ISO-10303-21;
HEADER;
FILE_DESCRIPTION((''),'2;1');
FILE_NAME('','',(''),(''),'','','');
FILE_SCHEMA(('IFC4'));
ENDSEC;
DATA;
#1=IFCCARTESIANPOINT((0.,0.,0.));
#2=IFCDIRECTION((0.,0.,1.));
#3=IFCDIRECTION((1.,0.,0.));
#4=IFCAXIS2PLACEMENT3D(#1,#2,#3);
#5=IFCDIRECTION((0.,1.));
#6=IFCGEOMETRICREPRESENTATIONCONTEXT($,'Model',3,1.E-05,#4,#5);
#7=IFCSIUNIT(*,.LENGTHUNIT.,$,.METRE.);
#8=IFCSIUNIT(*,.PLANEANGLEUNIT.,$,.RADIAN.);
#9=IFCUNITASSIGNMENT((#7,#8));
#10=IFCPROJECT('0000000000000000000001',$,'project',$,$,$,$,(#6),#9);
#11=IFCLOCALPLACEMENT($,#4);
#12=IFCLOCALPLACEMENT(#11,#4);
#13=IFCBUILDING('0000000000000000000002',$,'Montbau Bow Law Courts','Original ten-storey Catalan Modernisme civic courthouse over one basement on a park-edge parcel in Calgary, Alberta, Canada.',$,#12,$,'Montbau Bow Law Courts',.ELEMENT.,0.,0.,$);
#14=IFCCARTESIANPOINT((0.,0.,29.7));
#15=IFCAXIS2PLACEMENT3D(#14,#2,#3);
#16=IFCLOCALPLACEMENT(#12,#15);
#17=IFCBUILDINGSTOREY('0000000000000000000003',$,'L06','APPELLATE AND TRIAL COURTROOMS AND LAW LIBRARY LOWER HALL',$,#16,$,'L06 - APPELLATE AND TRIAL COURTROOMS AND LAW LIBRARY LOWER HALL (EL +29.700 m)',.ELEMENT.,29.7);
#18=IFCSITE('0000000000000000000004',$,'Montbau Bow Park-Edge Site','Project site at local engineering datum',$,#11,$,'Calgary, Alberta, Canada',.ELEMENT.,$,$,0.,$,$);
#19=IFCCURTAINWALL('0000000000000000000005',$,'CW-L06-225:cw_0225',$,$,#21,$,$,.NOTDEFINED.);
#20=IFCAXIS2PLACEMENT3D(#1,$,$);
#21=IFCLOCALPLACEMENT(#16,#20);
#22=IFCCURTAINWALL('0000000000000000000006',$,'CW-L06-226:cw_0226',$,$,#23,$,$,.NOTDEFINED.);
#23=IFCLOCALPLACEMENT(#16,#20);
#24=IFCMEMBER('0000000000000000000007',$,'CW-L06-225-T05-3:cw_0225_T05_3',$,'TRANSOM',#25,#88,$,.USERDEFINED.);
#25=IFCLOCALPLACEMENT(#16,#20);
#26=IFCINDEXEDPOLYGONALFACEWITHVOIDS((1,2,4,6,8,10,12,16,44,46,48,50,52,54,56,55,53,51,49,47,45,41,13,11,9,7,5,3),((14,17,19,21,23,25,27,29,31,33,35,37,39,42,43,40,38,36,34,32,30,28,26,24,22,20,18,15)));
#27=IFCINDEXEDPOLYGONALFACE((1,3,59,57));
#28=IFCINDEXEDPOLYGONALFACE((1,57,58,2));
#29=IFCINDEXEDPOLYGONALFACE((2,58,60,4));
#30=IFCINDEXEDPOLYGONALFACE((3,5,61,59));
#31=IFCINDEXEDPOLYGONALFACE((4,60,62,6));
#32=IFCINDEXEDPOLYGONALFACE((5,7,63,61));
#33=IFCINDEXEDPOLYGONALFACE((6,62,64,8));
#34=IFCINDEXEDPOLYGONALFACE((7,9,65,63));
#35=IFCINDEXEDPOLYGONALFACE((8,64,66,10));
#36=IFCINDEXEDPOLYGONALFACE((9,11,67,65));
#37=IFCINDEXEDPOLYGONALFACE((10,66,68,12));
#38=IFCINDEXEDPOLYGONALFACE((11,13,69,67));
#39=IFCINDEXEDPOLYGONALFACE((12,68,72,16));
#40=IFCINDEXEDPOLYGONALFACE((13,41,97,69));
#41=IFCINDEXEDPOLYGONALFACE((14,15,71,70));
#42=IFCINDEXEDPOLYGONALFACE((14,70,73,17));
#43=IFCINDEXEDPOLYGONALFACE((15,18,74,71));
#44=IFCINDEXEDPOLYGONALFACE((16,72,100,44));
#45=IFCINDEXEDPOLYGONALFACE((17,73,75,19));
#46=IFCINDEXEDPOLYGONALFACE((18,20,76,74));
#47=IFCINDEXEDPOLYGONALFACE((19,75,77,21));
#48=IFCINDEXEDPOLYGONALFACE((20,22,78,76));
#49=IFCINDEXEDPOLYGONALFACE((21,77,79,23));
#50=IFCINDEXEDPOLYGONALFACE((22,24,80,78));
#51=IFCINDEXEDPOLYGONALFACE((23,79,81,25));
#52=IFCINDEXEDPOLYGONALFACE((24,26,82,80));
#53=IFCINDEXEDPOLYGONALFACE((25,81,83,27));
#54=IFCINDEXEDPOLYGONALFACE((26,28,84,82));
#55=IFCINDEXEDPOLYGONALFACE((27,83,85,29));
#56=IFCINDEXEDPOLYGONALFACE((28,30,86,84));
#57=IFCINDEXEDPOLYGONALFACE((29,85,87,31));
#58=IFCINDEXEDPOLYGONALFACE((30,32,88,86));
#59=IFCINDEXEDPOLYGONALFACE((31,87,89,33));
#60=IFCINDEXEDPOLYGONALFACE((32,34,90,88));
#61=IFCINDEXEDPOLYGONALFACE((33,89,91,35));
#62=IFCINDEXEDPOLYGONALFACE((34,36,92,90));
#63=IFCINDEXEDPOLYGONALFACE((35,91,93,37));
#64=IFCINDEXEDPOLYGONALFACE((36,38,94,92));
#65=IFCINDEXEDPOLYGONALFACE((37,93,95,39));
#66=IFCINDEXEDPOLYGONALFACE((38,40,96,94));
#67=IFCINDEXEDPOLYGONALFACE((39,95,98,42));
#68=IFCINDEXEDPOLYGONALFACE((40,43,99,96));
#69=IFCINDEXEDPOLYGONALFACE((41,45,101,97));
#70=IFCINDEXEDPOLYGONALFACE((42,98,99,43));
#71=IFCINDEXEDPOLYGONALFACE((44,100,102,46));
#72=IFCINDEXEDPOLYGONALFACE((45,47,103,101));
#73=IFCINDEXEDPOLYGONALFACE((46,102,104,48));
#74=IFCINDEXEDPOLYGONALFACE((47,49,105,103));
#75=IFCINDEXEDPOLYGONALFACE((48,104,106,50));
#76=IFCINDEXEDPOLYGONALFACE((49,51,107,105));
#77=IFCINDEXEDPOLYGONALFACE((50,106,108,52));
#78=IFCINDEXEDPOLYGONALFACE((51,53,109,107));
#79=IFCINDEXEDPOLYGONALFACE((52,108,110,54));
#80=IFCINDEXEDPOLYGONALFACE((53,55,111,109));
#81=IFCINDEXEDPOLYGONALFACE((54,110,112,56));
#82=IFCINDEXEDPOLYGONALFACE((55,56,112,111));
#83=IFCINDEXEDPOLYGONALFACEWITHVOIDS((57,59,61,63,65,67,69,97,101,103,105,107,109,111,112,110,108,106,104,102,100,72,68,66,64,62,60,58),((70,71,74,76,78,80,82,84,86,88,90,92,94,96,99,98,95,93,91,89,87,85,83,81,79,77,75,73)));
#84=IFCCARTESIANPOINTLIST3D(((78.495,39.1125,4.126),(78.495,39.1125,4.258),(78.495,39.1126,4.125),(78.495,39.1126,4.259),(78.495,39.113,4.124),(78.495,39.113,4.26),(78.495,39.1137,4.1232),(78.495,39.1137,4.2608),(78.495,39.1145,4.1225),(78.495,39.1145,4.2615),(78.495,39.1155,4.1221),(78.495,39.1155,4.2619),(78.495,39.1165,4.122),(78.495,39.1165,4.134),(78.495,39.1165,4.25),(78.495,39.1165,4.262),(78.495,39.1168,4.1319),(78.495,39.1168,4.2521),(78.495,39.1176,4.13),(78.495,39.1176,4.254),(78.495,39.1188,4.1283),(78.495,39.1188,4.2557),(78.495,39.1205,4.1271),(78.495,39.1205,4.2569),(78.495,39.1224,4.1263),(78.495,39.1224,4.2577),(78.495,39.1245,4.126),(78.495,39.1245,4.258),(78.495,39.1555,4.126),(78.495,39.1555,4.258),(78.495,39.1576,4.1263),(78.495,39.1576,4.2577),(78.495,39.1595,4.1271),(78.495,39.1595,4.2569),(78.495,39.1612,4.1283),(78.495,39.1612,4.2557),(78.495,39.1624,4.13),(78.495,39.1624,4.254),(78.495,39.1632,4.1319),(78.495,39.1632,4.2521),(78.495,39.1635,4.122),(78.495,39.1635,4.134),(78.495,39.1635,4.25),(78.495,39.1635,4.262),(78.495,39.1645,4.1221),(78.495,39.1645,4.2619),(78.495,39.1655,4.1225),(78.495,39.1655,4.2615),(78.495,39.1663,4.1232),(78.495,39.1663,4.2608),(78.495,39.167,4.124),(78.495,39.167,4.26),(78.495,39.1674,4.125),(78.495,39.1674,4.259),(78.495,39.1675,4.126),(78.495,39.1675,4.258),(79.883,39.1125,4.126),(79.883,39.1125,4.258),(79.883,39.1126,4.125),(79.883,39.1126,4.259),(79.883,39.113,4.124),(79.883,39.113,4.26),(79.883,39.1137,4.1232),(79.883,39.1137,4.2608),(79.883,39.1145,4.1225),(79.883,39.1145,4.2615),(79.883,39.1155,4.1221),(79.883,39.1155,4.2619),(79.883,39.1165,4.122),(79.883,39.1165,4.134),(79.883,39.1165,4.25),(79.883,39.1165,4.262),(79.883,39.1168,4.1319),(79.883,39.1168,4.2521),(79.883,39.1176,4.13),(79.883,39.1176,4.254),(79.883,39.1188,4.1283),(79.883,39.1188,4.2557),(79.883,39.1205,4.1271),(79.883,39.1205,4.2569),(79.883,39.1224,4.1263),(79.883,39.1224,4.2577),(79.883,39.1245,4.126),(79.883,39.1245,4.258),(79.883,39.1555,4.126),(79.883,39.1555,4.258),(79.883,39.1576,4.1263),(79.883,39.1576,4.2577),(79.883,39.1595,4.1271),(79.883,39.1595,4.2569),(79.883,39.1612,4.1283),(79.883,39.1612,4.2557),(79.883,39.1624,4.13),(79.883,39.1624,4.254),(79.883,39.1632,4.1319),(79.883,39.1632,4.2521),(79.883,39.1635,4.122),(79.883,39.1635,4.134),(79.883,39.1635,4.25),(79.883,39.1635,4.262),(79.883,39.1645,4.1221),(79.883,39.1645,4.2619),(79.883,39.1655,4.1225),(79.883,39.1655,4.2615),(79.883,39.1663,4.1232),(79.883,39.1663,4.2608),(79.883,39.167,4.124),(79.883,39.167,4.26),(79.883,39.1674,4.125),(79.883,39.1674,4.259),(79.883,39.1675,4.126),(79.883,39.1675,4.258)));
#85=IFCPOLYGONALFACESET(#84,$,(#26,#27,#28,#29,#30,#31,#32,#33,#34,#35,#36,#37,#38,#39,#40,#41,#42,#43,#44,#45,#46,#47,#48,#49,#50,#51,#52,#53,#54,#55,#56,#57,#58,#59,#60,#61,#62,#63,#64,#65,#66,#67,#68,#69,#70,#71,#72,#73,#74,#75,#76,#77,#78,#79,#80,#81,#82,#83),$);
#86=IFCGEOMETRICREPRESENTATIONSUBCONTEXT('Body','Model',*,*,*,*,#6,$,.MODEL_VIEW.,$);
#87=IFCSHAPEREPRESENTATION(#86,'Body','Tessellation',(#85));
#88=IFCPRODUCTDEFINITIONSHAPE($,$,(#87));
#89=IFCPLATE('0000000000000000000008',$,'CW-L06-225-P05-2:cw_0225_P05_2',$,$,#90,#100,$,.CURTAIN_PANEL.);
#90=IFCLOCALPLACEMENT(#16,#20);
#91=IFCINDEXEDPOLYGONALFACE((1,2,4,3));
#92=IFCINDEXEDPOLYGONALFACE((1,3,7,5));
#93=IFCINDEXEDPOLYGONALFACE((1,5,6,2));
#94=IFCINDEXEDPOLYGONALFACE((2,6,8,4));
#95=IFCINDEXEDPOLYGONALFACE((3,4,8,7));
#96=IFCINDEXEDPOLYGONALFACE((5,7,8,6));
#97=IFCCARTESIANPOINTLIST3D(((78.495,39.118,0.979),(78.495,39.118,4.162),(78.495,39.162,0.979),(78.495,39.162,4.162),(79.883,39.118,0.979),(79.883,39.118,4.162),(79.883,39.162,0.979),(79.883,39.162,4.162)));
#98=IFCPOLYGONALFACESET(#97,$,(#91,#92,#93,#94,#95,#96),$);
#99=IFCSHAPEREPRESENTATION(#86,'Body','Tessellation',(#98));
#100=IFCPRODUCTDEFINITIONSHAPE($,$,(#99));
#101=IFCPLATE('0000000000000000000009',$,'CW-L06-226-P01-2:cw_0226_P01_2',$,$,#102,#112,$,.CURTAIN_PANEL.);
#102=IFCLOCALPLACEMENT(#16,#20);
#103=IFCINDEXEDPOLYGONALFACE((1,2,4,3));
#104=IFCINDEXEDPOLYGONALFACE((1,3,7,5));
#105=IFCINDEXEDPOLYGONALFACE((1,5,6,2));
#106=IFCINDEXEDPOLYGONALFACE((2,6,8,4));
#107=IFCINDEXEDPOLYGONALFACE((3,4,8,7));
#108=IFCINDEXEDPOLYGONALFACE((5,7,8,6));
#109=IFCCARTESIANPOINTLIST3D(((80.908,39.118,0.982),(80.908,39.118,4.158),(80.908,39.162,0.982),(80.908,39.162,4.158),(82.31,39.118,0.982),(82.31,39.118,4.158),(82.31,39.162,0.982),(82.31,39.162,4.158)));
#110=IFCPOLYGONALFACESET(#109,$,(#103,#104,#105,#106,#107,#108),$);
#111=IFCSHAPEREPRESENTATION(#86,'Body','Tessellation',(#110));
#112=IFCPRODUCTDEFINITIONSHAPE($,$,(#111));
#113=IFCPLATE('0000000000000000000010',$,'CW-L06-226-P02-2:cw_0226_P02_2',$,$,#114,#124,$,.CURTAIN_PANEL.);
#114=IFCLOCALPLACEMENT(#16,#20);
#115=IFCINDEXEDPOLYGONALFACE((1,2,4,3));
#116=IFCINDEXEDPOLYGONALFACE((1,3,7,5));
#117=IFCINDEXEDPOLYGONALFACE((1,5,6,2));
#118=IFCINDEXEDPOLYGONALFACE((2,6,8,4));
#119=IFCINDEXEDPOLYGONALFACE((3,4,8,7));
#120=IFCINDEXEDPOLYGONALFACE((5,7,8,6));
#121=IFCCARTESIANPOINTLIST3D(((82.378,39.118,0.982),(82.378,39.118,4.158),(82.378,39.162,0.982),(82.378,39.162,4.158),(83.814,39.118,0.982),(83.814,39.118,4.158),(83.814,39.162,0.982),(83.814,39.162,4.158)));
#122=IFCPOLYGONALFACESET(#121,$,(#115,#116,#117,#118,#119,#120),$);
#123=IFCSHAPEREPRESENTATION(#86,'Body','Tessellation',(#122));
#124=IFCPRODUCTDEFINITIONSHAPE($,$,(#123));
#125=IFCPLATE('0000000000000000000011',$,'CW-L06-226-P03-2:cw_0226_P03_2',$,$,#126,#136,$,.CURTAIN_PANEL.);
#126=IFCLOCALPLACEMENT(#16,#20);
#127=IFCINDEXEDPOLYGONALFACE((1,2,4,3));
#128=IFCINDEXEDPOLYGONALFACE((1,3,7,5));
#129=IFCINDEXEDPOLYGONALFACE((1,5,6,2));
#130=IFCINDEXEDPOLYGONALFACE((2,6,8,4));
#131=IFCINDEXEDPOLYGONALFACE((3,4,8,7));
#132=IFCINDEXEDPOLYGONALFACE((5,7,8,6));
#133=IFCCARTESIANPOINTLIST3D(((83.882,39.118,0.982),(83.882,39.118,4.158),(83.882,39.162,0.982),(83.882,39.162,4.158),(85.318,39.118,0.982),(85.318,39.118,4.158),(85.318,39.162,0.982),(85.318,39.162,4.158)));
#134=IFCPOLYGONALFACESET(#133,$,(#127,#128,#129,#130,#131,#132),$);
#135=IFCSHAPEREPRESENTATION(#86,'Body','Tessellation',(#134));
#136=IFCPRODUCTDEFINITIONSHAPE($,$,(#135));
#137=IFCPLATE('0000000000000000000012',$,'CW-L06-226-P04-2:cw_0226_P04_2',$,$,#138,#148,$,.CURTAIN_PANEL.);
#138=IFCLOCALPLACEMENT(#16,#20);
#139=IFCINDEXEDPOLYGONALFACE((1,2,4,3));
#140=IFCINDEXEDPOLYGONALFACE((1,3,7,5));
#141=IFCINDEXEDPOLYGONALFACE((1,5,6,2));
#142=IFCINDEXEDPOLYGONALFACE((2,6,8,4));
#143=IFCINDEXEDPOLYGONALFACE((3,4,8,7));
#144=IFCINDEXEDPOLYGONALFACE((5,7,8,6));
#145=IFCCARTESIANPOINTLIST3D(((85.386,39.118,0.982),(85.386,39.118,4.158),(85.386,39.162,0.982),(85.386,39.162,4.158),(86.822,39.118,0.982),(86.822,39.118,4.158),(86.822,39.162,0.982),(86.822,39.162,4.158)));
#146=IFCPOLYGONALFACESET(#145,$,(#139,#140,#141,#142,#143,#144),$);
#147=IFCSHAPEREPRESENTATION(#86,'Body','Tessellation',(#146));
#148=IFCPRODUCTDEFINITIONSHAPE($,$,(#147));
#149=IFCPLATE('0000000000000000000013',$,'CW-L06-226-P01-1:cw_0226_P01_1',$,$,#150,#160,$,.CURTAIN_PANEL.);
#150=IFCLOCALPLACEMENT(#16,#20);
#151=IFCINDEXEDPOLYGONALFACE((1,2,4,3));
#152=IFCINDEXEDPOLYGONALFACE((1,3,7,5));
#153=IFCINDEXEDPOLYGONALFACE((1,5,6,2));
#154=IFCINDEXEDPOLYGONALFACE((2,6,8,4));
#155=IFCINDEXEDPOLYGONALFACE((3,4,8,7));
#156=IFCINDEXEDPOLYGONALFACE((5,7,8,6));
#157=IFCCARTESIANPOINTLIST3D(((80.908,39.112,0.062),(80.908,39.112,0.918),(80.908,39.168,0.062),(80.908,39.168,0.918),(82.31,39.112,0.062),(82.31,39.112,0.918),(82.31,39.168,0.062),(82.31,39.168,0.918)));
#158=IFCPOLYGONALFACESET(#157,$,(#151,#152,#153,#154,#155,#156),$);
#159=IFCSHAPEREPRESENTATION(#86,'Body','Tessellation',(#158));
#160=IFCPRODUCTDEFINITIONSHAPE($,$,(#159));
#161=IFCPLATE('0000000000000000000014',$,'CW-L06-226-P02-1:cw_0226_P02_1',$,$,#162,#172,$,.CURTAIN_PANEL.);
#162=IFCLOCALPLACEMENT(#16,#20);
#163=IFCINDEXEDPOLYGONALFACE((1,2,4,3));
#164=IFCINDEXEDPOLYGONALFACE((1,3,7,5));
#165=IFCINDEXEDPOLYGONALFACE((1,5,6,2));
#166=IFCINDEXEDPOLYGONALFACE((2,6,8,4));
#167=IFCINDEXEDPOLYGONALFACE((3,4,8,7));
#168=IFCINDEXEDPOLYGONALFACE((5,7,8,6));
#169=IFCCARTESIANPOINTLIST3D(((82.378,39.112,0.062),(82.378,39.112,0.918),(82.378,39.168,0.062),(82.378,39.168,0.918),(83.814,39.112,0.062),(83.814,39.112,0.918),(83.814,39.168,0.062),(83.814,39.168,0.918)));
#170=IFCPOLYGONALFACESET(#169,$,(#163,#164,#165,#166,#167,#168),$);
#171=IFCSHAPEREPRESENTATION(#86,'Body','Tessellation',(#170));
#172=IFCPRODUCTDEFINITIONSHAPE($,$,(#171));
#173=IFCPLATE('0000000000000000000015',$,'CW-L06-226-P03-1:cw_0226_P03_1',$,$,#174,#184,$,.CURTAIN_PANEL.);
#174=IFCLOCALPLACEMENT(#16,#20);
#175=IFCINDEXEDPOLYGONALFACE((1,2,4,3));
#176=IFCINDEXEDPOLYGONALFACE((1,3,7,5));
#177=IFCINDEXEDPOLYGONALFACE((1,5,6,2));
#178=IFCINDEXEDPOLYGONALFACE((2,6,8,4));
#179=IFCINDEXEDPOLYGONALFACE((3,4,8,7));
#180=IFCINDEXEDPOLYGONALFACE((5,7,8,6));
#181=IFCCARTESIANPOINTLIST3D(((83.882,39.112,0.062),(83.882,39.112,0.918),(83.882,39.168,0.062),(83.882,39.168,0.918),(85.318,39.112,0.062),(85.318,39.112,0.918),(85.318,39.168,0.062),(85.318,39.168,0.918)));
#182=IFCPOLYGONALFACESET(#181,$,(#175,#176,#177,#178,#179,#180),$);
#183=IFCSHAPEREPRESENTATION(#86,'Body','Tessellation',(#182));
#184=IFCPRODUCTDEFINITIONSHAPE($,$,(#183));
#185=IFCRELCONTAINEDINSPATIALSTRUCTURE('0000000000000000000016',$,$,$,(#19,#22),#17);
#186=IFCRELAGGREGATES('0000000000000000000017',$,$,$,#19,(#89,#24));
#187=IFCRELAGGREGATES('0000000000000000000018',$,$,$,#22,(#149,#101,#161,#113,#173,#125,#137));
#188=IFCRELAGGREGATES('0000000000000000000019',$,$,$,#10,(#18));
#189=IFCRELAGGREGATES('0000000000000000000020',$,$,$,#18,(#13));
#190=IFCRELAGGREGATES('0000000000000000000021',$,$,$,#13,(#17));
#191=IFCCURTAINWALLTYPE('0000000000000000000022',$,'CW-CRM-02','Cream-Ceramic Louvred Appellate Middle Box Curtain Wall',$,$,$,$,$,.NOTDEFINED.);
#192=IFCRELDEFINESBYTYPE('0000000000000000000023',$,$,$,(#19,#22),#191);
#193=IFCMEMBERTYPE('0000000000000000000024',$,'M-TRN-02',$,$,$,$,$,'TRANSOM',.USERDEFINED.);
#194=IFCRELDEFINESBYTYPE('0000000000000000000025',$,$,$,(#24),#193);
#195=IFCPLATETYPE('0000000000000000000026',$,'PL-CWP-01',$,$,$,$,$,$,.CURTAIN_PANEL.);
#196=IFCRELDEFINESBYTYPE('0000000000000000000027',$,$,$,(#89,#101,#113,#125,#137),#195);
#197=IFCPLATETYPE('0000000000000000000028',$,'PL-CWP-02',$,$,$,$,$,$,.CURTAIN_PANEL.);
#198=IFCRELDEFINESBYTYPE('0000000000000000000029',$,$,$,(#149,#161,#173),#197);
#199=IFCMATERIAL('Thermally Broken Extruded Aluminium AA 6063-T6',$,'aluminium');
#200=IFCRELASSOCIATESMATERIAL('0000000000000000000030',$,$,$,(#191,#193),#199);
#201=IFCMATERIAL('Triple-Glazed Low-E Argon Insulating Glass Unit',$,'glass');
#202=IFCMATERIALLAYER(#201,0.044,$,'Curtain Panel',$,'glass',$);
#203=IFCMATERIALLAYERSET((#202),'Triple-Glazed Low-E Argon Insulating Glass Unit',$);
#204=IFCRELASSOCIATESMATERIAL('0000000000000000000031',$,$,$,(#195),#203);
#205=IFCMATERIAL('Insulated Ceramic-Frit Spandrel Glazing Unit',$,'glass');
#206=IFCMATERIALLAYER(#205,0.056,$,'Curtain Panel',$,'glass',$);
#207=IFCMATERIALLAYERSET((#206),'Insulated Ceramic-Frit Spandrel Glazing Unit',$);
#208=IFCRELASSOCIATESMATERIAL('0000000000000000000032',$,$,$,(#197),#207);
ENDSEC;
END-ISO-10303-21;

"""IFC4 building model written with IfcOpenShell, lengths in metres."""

from ifc_helpers import new_model, si_unit, direction, frame, frame_2d, origin_with_axes, origin_2d_with_axis, place, context, subcontext, project, spatial, rectangle, hollow_rectangle, extrude, material, layer, layer_set, material_profile, profile_set, type_object, element, aggregate, save


model = new_model("IFC4")

# Units and contexts
model_context = context("Model", 3, precision=1e-05, world=origin_with_axes(), true_north=direction((0.0, 1.0)))
body_context = subcontext(model_context, "Body", "Model", "MODEL_VIEW")
ifc_project = project(units=[si_unit("LENGTHUNIT", "METRE"), si_unit("PLANEANGLEUNIT", "RADIAN")], contexts=[model_context])

# Site, building, storey
site_placement = place(None, origin_with_axes())
site = spatial("IfcSite", under=ifc_project, at=site_placement, Name="Montbau Bow Park-Edge Site", Description="Project site at local engineering datum", LongName="Calgary, Alberta, Canada", CompositionType="ELEMENT", RefElevation=0.0)
building_placement = place(site_placement, origin_with_axes())
building = spatial("IfcBuilding", under=site, at=building_placement, Name="Montbau Bow Law Courts", Description="Original ten-storey Catalan Modernisme civic courthouse over one basement on a park-edge parcel in Calgary, Alberta, Canada.", LongName="Montbau Bow Law Courts", CompositionType="ELEMENT", ElevationOfRefHeight=0.0, ElevationOfTerrain=0.0)
storey_placement = place(building_placement, frame((0.0, 0.0, 29.7), z_axis=(0.0, 0.0, 1.0), x_axis=(1.0, 0.0, 0.0)))
storey = spatial("IfcBuildingStorey", under=building, at=storey_placement, Name="L06", Description="APPELLATE AND TRIAL COURTROOMS AND LAW LIBRARY LOWER HALL", LongName="L06 - APPELLATE AND TRIAL COURTROOMS AND LAW LIBRARY LOWER HALL (EL +29.700 m)", CompositionType="ELEMENT", Elevation=29.7)

# Curtain wall
ifc_material_1 = material(Name="Thermally Broken Extruded Aluminium AA 6063-T6", Category="aluminium")
curtain_wall_type = type_object("IfcCurtainWallType", Name="CW-CRM-02", Description="Cream-Ceramic Louvred Appellate Middle Box Curtain Wall", PredefinedType="NOTDEFINED", material=ifc_material_1)
curtain_wall_1_placement = place(None, frame((72.44, 39.14, 29.7), z_axis=(0.0, 0.0, 1.0), x_axis=(1.0, 0.0, 0.0)))
curtain_wall_1 = element("IfcCurtainWall", 1, at=curtain_wall_1_placement, inside=storey, type_object=curtain_wall_type, Name="CW-L06-225:cw_0225", PredefinedType="NOTDEFINED")

# Curtain wall
curtain_wall_2_placement = place(None, frame((80.84, 39.14, 29.7), z_axis=(0.0, 0.0, 1.0), x_axis=(1.0, 0.0, 0.0)))
curtain_wall_2 = element("IfcCurtainWall", 2, at=curtain_wall_2_placement, inside=storey, type_object=curtain_wall_type, Name="CW-L06-226:cw_0226", PredefinedType="NOTDEFINED")

# Member
ifc_material_profile_1 = material_profile(ifc_material_1, hollow_rectangle(XDim=0.055, YDim=0.14, WallThickness=0.004, InnerFilletRadius=0.008, OuterFilletRadius=0.004, at=origin_2d_with_axis()), Name="CWT-140X55", Category="Main", Priority=0)
ifc_profile_set_1 = profile_set([ifc_material_profile_1], Name="Thermally Broken Extruded Aluminium AA 6063-T6")
member_type_1 = type_object("IfcMemberType", Name="M-TRN-02", ElementType="TRANSOM", PredefinedType="USERDEFINED", material=ifc_profile_set_1)
member_1_placement = place(None, frame((78.495, 39.14, 33.892), z_axis=(1.0, 0.0, 0.0), x_axis=(0.0, 1.0, 0.0)))
member_1 = element("IfcMember", 3, at=member_1_placement, type_object=member_type_1, Name="CW-L06-225-T05-3:cw_0225_T05_3", ObjectType="TRANSOM", PredefinedType="USERDEFINED", context=body_context, shape_type="SweptSolid", body=[
    extrude(hollow_rectangle(XDim=0.055, YDim=0.14, WallThickness=0.004, InnerFilletRadius=0.008, OuterFilletRadius=0.004, at=origin_2d_with_axis()), origin_with_axes(), (0.0, 0.0, 1.0), 1.388),
])

# Plates
ifc_material_2 = material(Name="Triple-Glazed Low-E Argon Insulating Glass Unit", Category="glass")
ifc_layer_1 = layer(ifc_material_2, 0.044, Name="Curtain Panel", Category="glass")
ifc_layer_set_1 = layer_set([ifc_layer_1], Name="Triple-Glazed Low-E Argon Insulating Glass Unit")
plate_type_1 = type_object("IfcPlateType", Name="PL-CWP-01", PredefinedType="CURTAIN_PANEL", material=ifc_layer_set_1)
plate_1_placement = place(None, frame((78.495, 39.14, 30.679), z_axis=(0.0, -1.0, 0.0), x_axis=(1.0, 0.0, 0.0)))
plate_1 = element("IfcPlate", 4, at=plate_1_placement, type_object=plate_type_1, Name="CW-L06-225-P05-2:cw_0225_P05_2", PredefinedType="CURTAIN_PANEL", context=body_context, shape_type="SweptSolid", body=[
    extrude(rectangle(XDim=1.388, YDim=3.183, at=frame_2d((0.694, 1.5915), x_axis=(1.0, 0.0))), frame((0.0, 0.0, -0.022), z_axis=(0.0, 0.0, 1.0), x_axis=(1.0, 0.0, 0.0)), (0.0, 0.0, 1.0), 0.044),
])
aggregate(curtain_wall_1, [plate_1, member_1])
plate_2_placement = place(None, frame((80.908, 39.14, 30.682), z_axis=(0.0, -1.0, 0.0), x_axis=(1.0, 0.0, 0.0)))
plate_2 = element("IfcPlate", 5, at=plate_2_placement, type_object=plate_type_1, Name="CW-L06-226-P01-2:cw_0226_P01_2", PredefinedType="CURTAIN_PANEL", context=body_context, shape_type="SweptSolid", body=[
    extrude(rectangle(XDim=1.402, YDim=3.176, at=frame_2d((0.701, 1.588), x_axis=(1.0, 0.0))), frame((0.0, 0.0, -0.022), z_axis=(0.0, 0.0, 1.0), x_axis=(1.0, 0.0, 0.0)), (0.0, 0.0, 1.0), 0.044),
])
plate_3_placement = place(None, frame((82.378, 39.14, 30.682), z_axis=(0.0, -1.0, 0.0), x_axis=(1.0, 0.0, 0.0)))
plate_3 = element("IfcPlate", 6, at=plate_3_placement, type_object=plate_type_1, Name="CW-L06-226-P02-2:cw_0226_P02_2", PredefinedType="CURTAIN_PANEL", context=body_context, shape_type="SweptSolid", body=[
    extrude(rectangle(XDim=1.436, YDim=3.176, at=frame_2d((0.718, 1.588), x_axis=(1.0, 0.0))), frame((0.0, 0.0, -0.022), z_axis=(0.0, 0.0, 1.0), x_axis=(1.0, 0.0, 0.0)), (0.0, 0.0, 1.0), 0.044),
])
plate_4_placement = place(None, frame((83.882, 39.14, 30.682), z_axis=(0.0, -1.0, 0.0), x_axis=(1.0, 0.0, 0.0)))
plate_4 = element("IfcPlate", 7, at=plate_4_placement, type_object=plate_type_1, Name="CW-L06-226-P03-2:cw_0226_P03_2", PredefinedType="CURTAIN_PANEL", context=body_context, shape_type="SweptSolid", body=[
    extrude(rectangle(XDim=1.436, YDim=3.176, at=frame_2d((0.718, 1.588), x_axis=(1.0, 0.0))), frame((0.0, 0.0, -0.022), z_axis=(0.0, 0.0, 1.0), x_axis=(1.0, 0.0, 0.0)), (0.0, 0.0, 1.0), 0.044),
])
plate_5_placement = place(None, frame((85.386, 39.14, 30.682), z_axis=(0.0, -1.0, 0.0), x_axis=(1.0, 0.0, 0.0)))
plate_5 = element("IfcPlate", 8, at=plate_5_placement, type_object=plate_type_1, Name="CW-L06-226-P04-2:cw_0226_P04_2", PredefinedType="CURTAIN_PANEL", context=body_context, shape_type="SweptSolid", body=[
    extrude(rectangle(XDim=1.436, YDim=3.176, at=frame_2d((0.718, 1.588), x_axis=(1.0, 0.0))), frame((0.0, 0.0, -0.022), z_axis=(0.0, 0.0, 1.0), x_axis=(1.0, 0.0, 0.0)), (0.0, 0.0, 1.0), 0.044),
])
ifc_material_3 = material(Name="Insulated Ceramic-Frit Spandrel Glazing Unit", Category="glass")
ifc_layer_2 = layer(ifc_material_3, 0.056, Name="Curtain Panel", Category="glass")
ifc_layer_set_2 = layer_set([ifc_layer_2], Name="Insulated Ceramic-Frit Spandrel Glazing Unit")
plate_type_2 = type_object("IfcPlateType", Name="PL-CWP-02", PredefinedType="CURTAIN_PANEL", material=ifc_layer_set_2)
plate_6_placement = place(None, frame((80.908, 39.14, 29.762), z_axis=(0.0, -1.0, 0.0), x_axis=(1.0, 0.0, 0.0)))
plate_6 = element("IfcPlate", 9, at=plate_6_placement, type_object=plate_type_2, Name="CW-L06-226-P01-1:cw_0226_P01_1", PredefinedType="CURTAIN_PANEL", context=body_context, shape_type="SweptSolid", body=[
    extrude(rectangle(XDim=1.402, YDim=0.856, at=frame_2d((0.701, 0.428), x_axis=(1.0, 0.0))), frame((0.0, 0.0, -0.028), z_axis=(0.0, 0.0, 1.0), x_axis=(1.0, 0.0, 0.0)), (0.0, 0.0, 1.0), 0.056),
])
plate_7_placement = place(None, frame((82.378, 39.14, 29.762), z_axis=(0.0, -1.0, 0.0), x_axis=(1.0, 0.0, 0.0)))
plate_7 = element("IfcPlate", 10, at=plate_7_placement, type_object=plate_type_2, Name="CW-L06-226-P02-1:cw_0226_P02_1", PredefinedType="CURTAIN_PANEL", context=body_context, shape_type="SweptSolid", body=[
    extrude(rectangle(XDim=1.436, YDim=0.856, at=frame_2d((0.718, 0.428), x_axis=(1.0, 0.0))), frame((0.0, 0.0, -0.028), z_axis=(0.0, 0.0, 1.0), x_axis=(1.0, 0.0, 0.0)), (0.0, 0.0, 1.0), 0.056),
])
plate_8_placement = place(None, frame((83.882, 39.14, 29.762), z_axis=(0.0, -1.0, 0.0), x_axis=(1.0, 0.0, 0.0)))
plate_8 = element("IfcPlate", 11, at=plate_8_placement, type_object=plate_type_2, Name="CW-L06-226-P03-1:cw_0226_P03_1", PredefinedType="CURTAIN_PANEL", context=body_context, shape_type="SweptSolid", body=[
    extrude(rectangle(XDim=1.436, YDim=0.856, at=frame_2d((0.718, 0.428), x_axis=(1.0, 0.0))), frame((0.0, 0.0, -0.028), z_axis=(0.0, 0.0, 1.0), x_axis=(1.0, 0.0, 0.0)), (0.0, 0.0, 1.0), 0.056),
])
aggregate(curtain_wall_2, [plate_6, plate_2, plate_7, plate_3, plate_8, plate_4, plate_5])

save(model, "model.ifc")
